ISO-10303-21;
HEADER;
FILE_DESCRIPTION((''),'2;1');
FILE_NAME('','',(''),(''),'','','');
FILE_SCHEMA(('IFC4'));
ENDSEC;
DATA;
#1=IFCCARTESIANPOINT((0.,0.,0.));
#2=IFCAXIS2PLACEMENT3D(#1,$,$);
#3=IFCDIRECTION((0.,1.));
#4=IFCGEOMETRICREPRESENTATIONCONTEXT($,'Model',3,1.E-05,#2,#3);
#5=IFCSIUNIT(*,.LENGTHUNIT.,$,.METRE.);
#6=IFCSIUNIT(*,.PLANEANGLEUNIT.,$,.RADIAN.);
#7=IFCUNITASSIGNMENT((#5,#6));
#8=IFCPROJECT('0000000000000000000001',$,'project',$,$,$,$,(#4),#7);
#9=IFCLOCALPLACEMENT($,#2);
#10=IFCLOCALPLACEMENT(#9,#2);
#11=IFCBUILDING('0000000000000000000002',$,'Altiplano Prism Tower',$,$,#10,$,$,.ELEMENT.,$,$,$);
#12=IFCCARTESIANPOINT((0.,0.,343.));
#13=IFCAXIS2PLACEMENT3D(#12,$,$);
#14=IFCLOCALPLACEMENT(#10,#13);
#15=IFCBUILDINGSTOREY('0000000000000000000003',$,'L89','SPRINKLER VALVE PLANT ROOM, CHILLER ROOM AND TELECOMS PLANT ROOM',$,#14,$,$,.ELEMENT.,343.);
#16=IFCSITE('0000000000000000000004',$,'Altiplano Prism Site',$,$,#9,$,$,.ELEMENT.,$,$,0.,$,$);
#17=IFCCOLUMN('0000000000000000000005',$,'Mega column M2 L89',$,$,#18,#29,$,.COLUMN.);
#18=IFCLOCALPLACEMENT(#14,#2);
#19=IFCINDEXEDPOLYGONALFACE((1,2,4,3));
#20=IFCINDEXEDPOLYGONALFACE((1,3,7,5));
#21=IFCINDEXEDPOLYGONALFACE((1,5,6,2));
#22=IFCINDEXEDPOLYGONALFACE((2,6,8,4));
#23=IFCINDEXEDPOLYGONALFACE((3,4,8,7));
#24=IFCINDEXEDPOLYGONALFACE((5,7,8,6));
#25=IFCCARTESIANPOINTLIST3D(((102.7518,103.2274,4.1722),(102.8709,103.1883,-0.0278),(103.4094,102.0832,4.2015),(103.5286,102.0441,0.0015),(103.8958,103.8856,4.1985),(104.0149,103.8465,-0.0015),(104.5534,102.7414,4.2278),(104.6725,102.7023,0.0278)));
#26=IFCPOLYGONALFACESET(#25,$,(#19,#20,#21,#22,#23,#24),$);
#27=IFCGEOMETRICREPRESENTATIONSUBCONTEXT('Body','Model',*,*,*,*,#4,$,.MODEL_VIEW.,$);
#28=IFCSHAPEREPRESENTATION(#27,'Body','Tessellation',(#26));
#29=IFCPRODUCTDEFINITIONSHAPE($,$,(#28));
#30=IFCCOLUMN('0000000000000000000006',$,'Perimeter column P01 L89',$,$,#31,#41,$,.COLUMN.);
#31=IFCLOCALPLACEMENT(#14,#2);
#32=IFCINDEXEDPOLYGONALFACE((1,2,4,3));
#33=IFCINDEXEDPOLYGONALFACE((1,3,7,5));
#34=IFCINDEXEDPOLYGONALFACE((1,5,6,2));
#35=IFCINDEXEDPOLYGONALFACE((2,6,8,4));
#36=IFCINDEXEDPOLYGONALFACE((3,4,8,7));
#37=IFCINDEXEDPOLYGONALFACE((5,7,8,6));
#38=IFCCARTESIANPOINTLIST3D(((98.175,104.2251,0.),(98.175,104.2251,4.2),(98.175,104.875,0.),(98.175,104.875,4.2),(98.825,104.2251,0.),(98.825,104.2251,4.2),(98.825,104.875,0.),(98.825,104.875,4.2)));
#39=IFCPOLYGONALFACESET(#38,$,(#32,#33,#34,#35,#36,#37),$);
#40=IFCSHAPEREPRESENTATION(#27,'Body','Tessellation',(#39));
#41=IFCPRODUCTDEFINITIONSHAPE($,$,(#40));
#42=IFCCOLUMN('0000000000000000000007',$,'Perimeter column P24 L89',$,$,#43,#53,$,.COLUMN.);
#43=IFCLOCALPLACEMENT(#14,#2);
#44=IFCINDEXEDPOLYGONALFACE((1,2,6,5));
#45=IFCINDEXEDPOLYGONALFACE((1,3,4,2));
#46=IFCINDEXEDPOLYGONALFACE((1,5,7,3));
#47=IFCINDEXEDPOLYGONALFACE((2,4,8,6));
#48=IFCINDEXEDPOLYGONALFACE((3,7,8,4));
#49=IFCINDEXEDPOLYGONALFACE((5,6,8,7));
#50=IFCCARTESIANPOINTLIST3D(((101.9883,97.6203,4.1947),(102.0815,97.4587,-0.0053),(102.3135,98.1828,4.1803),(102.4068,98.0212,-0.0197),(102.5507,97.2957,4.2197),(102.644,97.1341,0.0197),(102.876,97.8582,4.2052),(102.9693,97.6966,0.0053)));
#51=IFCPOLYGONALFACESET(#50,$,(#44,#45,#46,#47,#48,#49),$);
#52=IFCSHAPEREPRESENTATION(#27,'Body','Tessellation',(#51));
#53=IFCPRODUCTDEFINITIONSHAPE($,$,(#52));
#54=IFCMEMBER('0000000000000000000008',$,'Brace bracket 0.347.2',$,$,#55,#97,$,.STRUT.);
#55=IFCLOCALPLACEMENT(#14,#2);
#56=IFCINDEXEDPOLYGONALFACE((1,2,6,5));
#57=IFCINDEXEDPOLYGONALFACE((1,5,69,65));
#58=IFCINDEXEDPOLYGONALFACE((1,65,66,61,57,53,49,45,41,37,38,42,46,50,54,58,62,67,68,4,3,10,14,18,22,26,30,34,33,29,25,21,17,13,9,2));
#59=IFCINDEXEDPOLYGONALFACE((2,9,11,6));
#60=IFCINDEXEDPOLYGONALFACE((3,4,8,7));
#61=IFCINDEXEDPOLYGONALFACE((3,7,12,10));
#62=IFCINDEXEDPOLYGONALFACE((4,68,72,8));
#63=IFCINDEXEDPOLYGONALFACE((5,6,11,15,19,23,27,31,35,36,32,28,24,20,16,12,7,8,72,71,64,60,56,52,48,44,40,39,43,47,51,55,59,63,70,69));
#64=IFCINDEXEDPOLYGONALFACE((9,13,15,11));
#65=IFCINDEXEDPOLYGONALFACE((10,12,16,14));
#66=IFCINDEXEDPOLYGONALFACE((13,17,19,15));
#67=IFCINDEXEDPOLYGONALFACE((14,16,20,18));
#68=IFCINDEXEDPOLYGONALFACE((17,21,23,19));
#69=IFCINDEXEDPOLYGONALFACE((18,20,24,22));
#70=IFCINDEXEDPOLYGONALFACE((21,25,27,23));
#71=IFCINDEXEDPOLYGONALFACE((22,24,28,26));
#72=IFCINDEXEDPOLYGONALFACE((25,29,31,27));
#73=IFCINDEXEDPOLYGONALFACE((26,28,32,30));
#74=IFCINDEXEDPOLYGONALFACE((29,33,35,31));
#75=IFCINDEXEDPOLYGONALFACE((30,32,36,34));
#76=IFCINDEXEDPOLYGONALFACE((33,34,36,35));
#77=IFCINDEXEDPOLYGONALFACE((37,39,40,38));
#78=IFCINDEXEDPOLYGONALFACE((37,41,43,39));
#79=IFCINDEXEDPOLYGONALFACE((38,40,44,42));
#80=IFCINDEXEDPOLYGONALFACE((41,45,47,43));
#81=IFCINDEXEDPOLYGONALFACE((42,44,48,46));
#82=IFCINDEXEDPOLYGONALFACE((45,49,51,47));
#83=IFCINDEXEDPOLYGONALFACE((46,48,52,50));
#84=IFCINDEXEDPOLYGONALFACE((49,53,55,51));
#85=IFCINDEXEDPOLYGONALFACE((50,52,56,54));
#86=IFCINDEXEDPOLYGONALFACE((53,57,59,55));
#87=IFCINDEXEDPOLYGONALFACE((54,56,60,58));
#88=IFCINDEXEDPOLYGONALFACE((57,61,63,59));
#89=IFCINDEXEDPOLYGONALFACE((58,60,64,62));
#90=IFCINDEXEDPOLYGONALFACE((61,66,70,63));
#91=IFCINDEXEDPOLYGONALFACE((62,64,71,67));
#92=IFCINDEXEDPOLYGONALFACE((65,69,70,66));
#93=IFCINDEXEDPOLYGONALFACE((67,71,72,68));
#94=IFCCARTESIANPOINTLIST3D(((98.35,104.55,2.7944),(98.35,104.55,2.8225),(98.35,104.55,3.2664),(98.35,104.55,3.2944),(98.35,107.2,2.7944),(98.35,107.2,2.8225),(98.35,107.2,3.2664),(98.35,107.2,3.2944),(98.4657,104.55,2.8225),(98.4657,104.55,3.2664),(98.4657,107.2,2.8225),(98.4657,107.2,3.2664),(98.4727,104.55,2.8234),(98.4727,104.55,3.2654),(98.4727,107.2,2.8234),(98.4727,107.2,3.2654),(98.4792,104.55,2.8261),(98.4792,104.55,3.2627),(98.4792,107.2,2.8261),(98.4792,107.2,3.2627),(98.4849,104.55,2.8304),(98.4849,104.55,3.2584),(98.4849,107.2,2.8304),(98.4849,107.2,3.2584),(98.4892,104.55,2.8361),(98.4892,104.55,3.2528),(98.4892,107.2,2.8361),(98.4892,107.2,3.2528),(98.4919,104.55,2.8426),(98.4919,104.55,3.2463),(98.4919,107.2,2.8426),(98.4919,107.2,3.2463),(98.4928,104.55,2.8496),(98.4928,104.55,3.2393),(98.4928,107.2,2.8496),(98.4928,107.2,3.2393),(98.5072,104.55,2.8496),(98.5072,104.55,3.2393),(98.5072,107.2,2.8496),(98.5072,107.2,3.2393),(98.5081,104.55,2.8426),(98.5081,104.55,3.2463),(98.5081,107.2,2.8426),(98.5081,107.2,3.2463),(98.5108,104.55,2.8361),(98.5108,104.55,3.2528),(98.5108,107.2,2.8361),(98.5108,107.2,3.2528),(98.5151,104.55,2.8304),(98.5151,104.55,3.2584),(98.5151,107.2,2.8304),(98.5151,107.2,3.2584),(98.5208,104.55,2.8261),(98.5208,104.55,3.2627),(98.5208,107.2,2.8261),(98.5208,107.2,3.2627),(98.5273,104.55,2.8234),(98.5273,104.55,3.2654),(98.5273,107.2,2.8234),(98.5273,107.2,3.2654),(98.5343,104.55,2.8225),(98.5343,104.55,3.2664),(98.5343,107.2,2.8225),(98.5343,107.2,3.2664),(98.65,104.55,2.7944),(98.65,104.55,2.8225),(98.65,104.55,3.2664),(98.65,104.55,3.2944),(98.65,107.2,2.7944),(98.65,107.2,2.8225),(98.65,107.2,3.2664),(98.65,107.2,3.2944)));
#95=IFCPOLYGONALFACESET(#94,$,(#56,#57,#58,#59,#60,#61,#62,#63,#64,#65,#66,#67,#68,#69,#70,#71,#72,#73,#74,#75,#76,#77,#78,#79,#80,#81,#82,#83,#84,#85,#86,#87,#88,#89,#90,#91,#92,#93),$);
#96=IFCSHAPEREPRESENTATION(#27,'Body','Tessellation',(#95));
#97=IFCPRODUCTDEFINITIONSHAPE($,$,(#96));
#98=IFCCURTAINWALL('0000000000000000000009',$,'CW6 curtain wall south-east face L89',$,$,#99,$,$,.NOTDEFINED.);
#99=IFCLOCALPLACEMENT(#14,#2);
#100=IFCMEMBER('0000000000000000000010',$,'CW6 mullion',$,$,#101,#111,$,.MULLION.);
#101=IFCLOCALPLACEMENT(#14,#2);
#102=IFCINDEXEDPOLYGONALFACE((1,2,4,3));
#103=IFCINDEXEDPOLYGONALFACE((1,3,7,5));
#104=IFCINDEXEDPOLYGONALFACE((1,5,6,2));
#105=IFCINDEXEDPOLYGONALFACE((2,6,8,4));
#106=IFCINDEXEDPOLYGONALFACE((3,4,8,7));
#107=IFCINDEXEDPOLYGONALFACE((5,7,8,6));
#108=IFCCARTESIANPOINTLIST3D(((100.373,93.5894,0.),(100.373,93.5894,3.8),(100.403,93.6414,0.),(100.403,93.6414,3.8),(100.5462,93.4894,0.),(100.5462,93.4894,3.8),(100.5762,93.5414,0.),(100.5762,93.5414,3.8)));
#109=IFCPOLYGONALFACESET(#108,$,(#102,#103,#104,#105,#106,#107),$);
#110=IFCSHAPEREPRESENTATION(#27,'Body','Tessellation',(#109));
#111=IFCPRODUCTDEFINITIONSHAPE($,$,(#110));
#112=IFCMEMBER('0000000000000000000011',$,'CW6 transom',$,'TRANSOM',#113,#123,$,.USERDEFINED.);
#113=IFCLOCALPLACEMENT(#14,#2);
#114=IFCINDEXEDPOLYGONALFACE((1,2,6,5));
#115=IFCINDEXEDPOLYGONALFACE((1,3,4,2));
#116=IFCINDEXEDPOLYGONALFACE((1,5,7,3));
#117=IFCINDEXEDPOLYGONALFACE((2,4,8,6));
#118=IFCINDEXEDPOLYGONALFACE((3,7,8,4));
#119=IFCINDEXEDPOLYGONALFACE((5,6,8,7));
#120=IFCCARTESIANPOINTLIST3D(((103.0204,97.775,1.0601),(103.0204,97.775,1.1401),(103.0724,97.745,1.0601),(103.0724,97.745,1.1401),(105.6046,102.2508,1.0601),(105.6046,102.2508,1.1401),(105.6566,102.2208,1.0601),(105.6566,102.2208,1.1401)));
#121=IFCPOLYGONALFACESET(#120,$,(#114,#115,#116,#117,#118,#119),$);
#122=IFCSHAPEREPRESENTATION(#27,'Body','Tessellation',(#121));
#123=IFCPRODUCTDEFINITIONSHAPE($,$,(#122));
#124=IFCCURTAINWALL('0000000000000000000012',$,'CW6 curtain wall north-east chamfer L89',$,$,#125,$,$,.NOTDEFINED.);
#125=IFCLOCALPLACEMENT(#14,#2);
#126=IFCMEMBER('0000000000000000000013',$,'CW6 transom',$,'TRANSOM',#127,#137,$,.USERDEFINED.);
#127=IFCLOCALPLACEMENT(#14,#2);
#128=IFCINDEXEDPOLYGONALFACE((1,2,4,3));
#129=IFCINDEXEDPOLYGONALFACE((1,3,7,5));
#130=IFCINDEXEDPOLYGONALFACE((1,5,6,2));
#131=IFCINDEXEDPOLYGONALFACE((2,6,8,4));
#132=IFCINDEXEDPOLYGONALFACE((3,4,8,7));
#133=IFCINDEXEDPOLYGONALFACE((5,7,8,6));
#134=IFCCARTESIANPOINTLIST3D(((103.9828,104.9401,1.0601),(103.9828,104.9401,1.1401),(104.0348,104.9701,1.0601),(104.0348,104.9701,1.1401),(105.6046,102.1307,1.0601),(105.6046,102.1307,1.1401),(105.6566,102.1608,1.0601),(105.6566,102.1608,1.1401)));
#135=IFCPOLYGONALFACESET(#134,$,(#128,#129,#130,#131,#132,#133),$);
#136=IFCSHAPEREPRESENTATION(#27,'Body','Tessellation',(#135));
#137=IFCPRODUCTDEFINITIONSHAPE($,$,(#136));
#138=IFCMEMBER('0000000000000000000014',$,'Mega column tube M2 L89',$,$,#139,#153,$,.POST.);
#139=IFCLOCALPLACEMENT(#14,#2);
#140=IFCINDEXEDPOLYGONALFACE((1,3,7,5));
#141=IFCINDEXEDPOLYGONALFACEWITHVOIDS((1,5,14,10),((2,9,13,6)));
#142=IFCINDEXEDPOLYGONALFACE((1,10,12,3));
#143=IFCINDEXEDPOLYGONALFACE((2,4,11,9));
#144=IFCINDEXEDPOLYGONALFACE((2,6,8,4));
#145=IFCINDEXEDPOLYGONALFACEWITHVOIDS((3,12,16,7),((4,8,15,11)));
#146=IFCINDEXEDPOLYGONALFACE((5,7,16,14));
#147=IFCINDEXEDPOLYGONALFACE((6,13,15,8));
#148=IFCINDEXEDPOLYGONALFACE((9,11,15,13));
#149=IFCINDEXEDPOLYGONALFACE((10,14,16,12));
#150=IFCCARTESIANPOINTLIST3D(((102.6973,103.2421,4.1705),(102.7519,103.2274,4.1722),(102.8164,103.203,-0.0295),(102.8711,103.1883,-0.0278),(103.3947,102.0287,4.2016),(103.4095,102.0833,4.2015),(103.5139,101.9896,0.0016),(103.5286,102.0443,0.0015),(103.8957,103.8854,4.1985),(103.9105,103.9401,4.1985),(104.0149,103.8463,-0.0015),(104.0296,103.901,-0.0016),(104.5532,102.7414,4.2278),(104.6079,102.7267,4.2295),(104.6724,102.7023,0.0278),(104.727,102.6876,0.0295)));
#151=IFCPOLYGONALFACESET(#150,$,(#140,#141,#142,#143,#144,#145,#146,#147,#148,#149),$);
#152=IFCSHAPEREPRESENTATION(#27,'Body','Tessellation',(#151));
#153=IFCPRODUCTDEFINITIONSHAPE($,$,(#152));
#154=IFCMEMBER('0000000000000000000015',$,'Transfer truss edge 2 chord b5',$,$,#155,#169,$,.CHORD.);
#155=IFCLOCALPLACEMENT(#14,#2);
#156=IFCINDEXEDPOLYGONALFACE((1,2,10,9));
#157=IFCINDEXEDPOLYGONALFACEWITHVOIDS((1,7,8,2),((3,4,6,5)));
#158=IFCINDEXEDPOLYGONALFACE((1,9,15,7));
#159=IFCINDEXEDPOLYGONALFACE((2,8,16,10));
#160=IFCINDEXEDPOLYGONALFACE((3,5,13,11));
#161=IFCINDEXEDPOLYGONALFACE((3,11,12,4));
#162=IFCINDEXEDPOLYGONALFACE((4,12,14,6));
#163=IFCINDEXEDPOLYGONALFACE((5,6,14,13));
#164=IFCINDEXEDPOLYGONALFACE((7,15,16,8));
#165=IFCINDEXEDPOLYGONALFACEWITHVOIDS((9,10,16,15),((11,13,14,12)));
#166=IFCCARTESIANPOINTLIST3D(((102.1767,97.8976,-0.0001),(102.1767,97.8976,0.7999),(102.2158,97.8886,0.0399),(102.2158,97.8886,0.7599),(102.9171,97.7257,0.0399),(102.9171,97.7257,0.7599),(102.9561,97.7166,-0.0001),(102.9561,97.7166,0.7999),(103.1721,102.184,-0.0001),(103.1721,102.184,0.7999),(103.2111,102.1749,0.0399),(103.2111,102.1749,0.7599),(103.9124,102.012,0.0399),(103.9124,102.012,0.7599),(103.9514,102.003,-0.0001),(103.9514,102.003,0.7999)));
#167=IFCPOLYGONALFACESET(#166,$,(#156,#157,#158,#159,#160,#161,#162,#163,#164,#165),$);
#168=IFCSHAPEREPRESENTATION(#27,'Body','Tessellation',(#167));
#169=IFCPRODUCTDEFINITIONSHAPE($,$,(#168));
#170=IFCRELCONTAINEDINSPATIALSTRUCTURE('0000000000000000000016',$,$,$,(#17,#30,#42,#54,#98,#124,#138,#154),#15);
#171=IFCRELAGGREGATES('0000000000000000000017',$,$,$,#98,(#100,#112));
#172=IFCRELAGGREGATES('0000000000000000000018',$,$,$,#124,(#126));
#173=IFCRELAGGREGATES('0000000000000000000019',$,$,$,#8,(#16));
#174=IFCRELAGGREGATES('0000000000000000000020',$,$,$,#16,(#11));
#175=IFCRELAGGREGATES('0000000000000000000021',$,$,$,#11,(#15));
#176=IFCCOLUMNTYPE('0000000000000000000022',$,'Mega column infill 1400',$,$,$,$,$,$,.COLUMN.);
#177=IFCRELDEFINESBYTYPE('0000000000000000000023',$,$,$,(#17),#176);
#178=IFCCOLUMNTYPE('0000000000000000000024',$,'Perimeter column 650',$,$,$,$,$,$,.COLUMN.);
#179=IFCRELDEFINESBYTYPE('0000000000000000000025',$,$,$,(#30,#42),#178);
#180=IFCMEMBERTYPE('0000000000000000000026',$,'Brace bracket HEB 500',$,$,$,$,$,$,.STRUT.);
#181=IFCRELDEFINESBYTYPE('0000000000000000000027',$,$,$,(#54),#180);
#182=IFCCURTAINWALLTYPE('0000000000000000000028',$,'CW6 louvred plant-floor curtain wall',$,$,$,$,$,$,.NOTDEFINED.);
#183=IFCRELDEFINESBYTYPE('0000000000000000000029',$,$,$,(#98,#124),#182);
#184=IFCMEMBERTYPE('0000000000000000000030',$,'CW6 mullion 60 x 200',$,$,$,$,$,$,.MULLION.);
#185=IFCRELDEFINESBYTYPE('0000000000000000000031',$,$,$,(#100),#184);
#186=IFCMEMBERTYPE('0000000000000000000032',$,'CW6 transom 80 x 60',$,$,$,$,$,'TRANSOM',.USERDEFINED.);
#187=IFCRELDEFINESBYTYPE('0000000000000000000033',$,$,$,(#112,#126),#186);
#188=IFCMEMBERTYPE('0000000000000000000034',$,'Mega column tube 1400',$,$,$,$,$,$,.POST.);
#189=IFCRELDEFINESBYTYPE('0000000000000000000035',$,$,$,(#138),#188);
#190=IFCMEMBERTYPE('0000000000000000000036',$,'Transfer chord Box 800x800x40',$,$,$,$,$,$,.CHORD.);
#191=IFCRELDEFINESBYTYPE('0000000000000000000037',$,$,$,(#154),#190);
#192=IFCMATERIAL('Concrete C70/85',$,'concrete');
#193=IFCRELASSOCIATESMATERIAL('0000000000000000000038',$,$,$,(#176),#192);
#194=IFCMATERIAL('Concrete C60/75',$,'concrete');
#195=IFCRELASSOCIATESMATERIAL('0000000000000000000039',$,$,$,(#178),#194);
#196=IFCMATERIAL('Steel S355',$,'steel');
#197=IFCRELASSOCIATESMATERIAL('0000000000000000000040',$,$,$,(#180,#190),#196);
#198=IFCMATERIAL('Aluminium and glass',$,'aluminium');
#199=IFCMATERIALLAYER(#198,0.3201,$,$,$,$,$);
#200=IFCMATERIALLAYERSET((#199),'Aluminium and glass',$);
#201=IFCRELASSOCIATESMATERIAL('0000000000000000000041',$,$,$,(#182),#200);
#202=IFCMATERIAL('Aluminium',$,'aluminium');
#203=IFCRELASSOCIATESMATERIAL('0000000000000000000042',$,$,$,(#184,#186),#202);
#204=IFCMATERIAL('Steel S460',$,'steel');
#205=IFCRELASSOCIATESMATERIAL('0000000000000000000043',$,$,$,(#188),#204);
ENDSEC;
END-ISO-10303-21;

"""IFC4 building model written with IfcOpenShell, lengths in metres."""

from ifc_helpers import new_model, si_unit, direction, frame, origin, origin_2d, place, context, subcontext, project, spatial, rectangle, hollow_rectangle, i_section, extrude, material, layer, layer_set, material_profile, profile_set, type_object, element, aggregate, save


model = new_model("IFC4")

# Units and contexts
model_context = context("Model", 3, precision=1e-05, world=origin(), true_north=direction((0.0, 1.0)))
body_context = subcontext(model_context, "Body", "Model", "MODEL_VIEW")
ifc_project = project(units=[si_unit("LENGTHUNIT", "METRE"), si_unit("PLANEANGLEUNIT", "RADIAN")], contexts=[model_context])

# Site, building, storey
site_placement = place(None, origin())
site = spatial("IfcSite", under=ifc_project, at=site_placement, Name="Altiplano Prism Site", CompositionType="ELEMENT", RefElevation=0.0)
building_placement = place(site_placement, origin())
building = spatial("IfcBuilding", under=site, at=building_placement, Name="Altiplano Prism Tower", CompositionType="ELEMENT")
storey_placement = place(building_placement, frame((0.0, 0.0, 343.0)))
storey = spatial("IfcBuildingStorey", under=building, at=storey_placement, Name="L89", Description="SPRINKLER VALVE PLANT ROOM, CHILLER ROOM AND TELECOMS PLANT ROOM", CompositionType="ELEMENT", Elevation=343.0)

# Columns
ifc_material_1 = material(Name="Concrete C70/85", Category="concrete")
ifc_material_profile_1 = material_profile(ifc_material_1, rectangle(XDim=1.3201, YDim=1.3201, at=origin_2d()), Name="Mega column infill 1400")
ifc_profile_set_1 = profile_set([ifc_material_profile_1], Name="Concrete C70/85")
column_type_1 = type_object("IfcColumnType", Name="Mega column infill 1400", PredefinedType="COLUMN", material=ifc_profile_set_1)
column_1_placement = place(storey_placement, frame((103.7717, 102.9453, 0.0), z_axis=(-0.028355, 0.009297, 0.999555), x_axis=(0.498186, -0.866786, 0.022194)))
element("IfcColumn", 1, at=column_1_placement, inside=storey, type_object=column_type_1, Name="Mega column M2 L89", PredefinedType="COLUMN", context=body_context, shape_type="SweptSolid", body=[
    extrude(rectangle(XDim=1.3201, YDim=1.3201, at=origin_2d()), origin(), (0.0, 0.0, 1.0), 4.2019),
])
ifc_material_2 = material(Name="Concrete C60/75", Category="concrete")
ifc_material_profile_2 = material_profile(ifc_material_2, rectangle(XDim=0.6499, YDim=0.6499, at=origin_2d()), Name="Perimeter column 650")
ifc_profile_set_2 = profile_set([ifc_material_profile_2], Name="Concrete C60/75")
column_type_2 = type_object("IfcColumnType", Name="Perimeter column 650", PredefinedType="COLUMN", material=ifc_profile_set_2)
column_2_placement = place(storey_placement, frame((98.5, 104.55, 0.0), z_axis=(0.0, 0.0, 1.0), x_axis=(1.0, 0.0, 0.0)))
element("IfcColumn", 2, at=column_2_placement, inside=storey, type_object=column_type_2, Name="Perimeter column P01 L89", PredefinedType="COLUMN", context=body_context, shape_type="SweptSolid", body=[
    extrude(rectangle(XDim=0.6499, YDim=0.6499, at=origin_2d()), origin(), (0.0, 0.0, 1.0), 4.2),
])
column_3_placement = place(storey_placement, frame((102.5254, 97.5776, 0.0), z_axis=(-0.022184, 0.038444, 0.999014), x_axis=(-0.500445, -0.865484, 0.022193)))
element("IfcColumn", 3, at=column_3_placement, inside=storey, type_object=column_type_2, Name="Perimeter column P24 L89", PredefinedType="COLUMN", context=body_context, shape_type="SweptSolid", body=[
    extrude(rectangle(XDim=0.6499, YDim=0.6499, at=origin_2d()), origin(), (0.0, 0.0, 1.0), 4.2041),
])

# Member
ifc_material_3 = material(Name="Steel S355", Category="steel")
ifc_material_profile_3 = material_profile(ifc_material_3, i_section(OverallWidth=0.3, OverallDepth=0.5, WebThickness=0.0144, FlangeThickness=0.0281, FilletRadius=0.0271, at=origin_2d()), Name="Brace bracket HEB 500")
ifc_profile_set_3 = profile_set([ifc_material_profile_3], Name="Steel S355")
member_type_1 = type_object("IfcMemberType", Name="Brace bracket HEB 500", PredefinedType="STRUT", material=ifc_profile_set_3)
member_1_placement = place(storey_placement, frame((98.5, 104.55, 3.0444), z_axis=(0.0, 1.0, 0.0), x_axis=(-1.0, 0.0, 0.0)))
element("IfcMember", 4, at=member_1_placement, inside=storey, type_object=member_type_1, Name="Brace bracket 0.347.2", PredefinedType="STRUT", context=body_context, shape_type="SweptSolid", body=[
    extrude(i_section(OverallWidth=0.3, OverallDepth=0.5, WebThickness=0.0144, FlangeThickness=0.0281, FilletRadius=0.0271, at=origin_2d()), origin(), (0.0, 0.0, 1.0), 2.6499),
])

# Curtain wall, members
ifc_material_4 = material(Name="Aluminium and glass", Category="aluminium")
ifc_layer_1 = layer(ifc_material_4, 0.3201)
ifc_layer_set_1 = layer_set([ifc_layer_1], Name="Aluminium and glass")
curtain_wall_type = type_object("IfcCurtainWallType", Name="CW6 louvred plant-floor curtain wall", PredefinedType="NOTDEFINED", material=ifc_layer_set_1)
curtain_wall_1_placement = place(storey_placement, origin())
curtain_wall_1 = element("IfcCurtainWall", 5, at=curtain_wall_1_placement, inside=storey, type_object=curtain_wall_type, Name="CW6 curtain wall south-east face L89", PredefinedType="NOTDEFINED")
ifc_material_5 = material(Name="Aluminium", Category="aluminium")
ifc_material_profile_4 = material_profile(ifc_material_5, rectangle(XDim=0.2, YDim=0.0601, at=origin_2d()), Name="CW6 mullion 60 x 200")
ifc_profile_set_4 = profile_set([ifc_material_profile_4], Name="Aluminium")
member_type_2 = type_object("IfcMemberType", Name="CW6 mullion 60 x 200", PredefinedType="MULLION", material=ifc_profile_set_4)
member_2_placement = place(storey_placement, frame((100.4746, 93.5654, 0.0), z_axis=(0.0, 0.0, 1.0), x_axis=(-0.866025, 0.5, 0.0)))
member_2 = element("IfcMember", 6, at=member_2_placement, type_object=member_type_2, Name="CW6 mullion", PredefinedType="MULLION", context=body_context, shape_type="SweptSolid", body=[
    extrude(rectangle(XDim=0.2, YDim=0.0601, at=origin_2d()), origin(), (0.0, 0.0, 1.0), 3.8),
])
ifc_material_profile_5 = material_profile(ifc_material_5, rectangle(XDim=0.0601, YDim=0.0801, at=origin_2d()), Name="CW6 transom 80 x 60")
ifc_profile_set_5 = profile_set([ifc_material_profile_5], Name="Aluminium")
member_type_3 = type_object("IfcMemberType", Name="CW6 transom 80 x 60", ElementType="TRANSOM", PredefinedType="USERDEFINED", material=ifc_profile_set_5)
member_3_placement = place(storey_placement, frame((103.0464, 97.76, 1.1001), z_axis=(0.500016, 0.866016, 0.0), x_axis=(-0.866016, 0.500016, 0.0)))
member_3 = element("IfcMember", 7, at=member_3_placement, type_object=member_type_3, Name="CW6 transom", ObjectType="TRANSOM", PredefinedType="USERDEFINED", context=body_context, shape_type="SweptSolid", body=[
    extrude(rectangle(XDim=0.0601, YDim=0.0801, at=origin_2d()), origin(), (0.0, 0.0, 1.0), 5.1682),
])

# Curtain wall, member
curtain_wall_2_placement = place(storey_placement, origin())
curtain_wall_2 = element("IfcCurtainWall", 8, at=curtain_wall_2_placement, inside=storey, type_object=curtain_wall_type, Name="CW6 curtain wall north-east chamfer L89", PredefinedType="NOTDEFINED")
member_4_placement = place(storey_placement, frame((105.6306, 102.1458, 1.1001), z_axis=(-0.499968, 0.866044, 0.0), x_axis=(-0.866044, -0.499968, 0.0)))
member_4 = element("IfcMember", 9, at=member_4_placement, type_object=member_type_3, Name="CW6 transom", ObjectType="TRANSOM", PredefinedType="USERDEFINED", context=body_context, shape_type="SweptSolid", body=[
    extrude(rectangle(XDim=0.0601, YDim=0.0801, at=origin_2d()), origin(), (0.0, 0.0, 1.0), 3.2439),
])

# Members
ifc_material_6 = material(Name="Steel S460", Category="steel")
ifc_material_profile_6 = material_profile(ifc_material_6, hollow_rectangle(XDim=1.3999, YDim=1.3999, WallThickness=0.04, at=origin_2d()), Name="Mega column tube 1400")
ifc_profile_set_6 = profile_set([ifc_material_profile_6], Name="Steel S460")
member_type_4 = type_object("IfcMemberType", Name="Mega column tube 1400", PredefinedType="POST", material=ifc_profile_set_6)
member_5_placement = place(storey_placement, frame((103.7717, 102.9453, 0.0), z_axis=(-0.028355, 0.009297, 0.999555), x_axis=(0.498186, -0.866786, 0.022194)))
element("IfcMember", 10, at=member_5_placement, inside=storey, type_object=member_type_4, Name="Mega column tube M2 L89", PredefinedType="POST", context=body_context, shape_type="SweptSolid", body=[
    extrude(hollow_rectangle(XDim=1.3999, YDim=1.3999, WallThickness=0.04, at=origin_2d()), origin(), (0.0, 0.0, 1.0), 4.2019),
])
ifc_material_profile_7 = material_profile(ifc_material_3, hollow_rectangle(XDim=0.8, YDim=0.8, WallThickness=0.04, at=origin_2d()), Name="Transfer chord Box 800x800x40")
ifc_profile_set_7 = profile_set([ifc_material_profile_7], Name="Steel S355")
member_type_5 = type_object("IfcMemberType", Name="Transfer chord Box 800x800x40", PredefinedType="CHORD", material=ifc_profile_set_7)
member_6_placement = place(storey_placement, frame((102.5664, 97.8071, 0.3999), z_axis=(0.226196, 0.974082, 0.0), x_axis=(-0.974082, 0.226196, 0.0)))
element("IfcMember", 11, at=member_6_placement, inside=storey, type_object=member_type_5, Name="Transfer truss edge 2 chord b5", PredefinedType="CHORD", context=body_context, shape_type="SweptSolid", body=[
    extrude(hollow_rectangle(XDim=0.8, YDim=0.8, WallThickness=0.04, at=origin_2d()), origin(), (0.0, 0.0, 1.0), 4.4004),
])

aggregate(curtain_wall_1, [member_2, member_3])
aggregate(curtain_wall_2, [member_4])

save(model, "model.ifc")
